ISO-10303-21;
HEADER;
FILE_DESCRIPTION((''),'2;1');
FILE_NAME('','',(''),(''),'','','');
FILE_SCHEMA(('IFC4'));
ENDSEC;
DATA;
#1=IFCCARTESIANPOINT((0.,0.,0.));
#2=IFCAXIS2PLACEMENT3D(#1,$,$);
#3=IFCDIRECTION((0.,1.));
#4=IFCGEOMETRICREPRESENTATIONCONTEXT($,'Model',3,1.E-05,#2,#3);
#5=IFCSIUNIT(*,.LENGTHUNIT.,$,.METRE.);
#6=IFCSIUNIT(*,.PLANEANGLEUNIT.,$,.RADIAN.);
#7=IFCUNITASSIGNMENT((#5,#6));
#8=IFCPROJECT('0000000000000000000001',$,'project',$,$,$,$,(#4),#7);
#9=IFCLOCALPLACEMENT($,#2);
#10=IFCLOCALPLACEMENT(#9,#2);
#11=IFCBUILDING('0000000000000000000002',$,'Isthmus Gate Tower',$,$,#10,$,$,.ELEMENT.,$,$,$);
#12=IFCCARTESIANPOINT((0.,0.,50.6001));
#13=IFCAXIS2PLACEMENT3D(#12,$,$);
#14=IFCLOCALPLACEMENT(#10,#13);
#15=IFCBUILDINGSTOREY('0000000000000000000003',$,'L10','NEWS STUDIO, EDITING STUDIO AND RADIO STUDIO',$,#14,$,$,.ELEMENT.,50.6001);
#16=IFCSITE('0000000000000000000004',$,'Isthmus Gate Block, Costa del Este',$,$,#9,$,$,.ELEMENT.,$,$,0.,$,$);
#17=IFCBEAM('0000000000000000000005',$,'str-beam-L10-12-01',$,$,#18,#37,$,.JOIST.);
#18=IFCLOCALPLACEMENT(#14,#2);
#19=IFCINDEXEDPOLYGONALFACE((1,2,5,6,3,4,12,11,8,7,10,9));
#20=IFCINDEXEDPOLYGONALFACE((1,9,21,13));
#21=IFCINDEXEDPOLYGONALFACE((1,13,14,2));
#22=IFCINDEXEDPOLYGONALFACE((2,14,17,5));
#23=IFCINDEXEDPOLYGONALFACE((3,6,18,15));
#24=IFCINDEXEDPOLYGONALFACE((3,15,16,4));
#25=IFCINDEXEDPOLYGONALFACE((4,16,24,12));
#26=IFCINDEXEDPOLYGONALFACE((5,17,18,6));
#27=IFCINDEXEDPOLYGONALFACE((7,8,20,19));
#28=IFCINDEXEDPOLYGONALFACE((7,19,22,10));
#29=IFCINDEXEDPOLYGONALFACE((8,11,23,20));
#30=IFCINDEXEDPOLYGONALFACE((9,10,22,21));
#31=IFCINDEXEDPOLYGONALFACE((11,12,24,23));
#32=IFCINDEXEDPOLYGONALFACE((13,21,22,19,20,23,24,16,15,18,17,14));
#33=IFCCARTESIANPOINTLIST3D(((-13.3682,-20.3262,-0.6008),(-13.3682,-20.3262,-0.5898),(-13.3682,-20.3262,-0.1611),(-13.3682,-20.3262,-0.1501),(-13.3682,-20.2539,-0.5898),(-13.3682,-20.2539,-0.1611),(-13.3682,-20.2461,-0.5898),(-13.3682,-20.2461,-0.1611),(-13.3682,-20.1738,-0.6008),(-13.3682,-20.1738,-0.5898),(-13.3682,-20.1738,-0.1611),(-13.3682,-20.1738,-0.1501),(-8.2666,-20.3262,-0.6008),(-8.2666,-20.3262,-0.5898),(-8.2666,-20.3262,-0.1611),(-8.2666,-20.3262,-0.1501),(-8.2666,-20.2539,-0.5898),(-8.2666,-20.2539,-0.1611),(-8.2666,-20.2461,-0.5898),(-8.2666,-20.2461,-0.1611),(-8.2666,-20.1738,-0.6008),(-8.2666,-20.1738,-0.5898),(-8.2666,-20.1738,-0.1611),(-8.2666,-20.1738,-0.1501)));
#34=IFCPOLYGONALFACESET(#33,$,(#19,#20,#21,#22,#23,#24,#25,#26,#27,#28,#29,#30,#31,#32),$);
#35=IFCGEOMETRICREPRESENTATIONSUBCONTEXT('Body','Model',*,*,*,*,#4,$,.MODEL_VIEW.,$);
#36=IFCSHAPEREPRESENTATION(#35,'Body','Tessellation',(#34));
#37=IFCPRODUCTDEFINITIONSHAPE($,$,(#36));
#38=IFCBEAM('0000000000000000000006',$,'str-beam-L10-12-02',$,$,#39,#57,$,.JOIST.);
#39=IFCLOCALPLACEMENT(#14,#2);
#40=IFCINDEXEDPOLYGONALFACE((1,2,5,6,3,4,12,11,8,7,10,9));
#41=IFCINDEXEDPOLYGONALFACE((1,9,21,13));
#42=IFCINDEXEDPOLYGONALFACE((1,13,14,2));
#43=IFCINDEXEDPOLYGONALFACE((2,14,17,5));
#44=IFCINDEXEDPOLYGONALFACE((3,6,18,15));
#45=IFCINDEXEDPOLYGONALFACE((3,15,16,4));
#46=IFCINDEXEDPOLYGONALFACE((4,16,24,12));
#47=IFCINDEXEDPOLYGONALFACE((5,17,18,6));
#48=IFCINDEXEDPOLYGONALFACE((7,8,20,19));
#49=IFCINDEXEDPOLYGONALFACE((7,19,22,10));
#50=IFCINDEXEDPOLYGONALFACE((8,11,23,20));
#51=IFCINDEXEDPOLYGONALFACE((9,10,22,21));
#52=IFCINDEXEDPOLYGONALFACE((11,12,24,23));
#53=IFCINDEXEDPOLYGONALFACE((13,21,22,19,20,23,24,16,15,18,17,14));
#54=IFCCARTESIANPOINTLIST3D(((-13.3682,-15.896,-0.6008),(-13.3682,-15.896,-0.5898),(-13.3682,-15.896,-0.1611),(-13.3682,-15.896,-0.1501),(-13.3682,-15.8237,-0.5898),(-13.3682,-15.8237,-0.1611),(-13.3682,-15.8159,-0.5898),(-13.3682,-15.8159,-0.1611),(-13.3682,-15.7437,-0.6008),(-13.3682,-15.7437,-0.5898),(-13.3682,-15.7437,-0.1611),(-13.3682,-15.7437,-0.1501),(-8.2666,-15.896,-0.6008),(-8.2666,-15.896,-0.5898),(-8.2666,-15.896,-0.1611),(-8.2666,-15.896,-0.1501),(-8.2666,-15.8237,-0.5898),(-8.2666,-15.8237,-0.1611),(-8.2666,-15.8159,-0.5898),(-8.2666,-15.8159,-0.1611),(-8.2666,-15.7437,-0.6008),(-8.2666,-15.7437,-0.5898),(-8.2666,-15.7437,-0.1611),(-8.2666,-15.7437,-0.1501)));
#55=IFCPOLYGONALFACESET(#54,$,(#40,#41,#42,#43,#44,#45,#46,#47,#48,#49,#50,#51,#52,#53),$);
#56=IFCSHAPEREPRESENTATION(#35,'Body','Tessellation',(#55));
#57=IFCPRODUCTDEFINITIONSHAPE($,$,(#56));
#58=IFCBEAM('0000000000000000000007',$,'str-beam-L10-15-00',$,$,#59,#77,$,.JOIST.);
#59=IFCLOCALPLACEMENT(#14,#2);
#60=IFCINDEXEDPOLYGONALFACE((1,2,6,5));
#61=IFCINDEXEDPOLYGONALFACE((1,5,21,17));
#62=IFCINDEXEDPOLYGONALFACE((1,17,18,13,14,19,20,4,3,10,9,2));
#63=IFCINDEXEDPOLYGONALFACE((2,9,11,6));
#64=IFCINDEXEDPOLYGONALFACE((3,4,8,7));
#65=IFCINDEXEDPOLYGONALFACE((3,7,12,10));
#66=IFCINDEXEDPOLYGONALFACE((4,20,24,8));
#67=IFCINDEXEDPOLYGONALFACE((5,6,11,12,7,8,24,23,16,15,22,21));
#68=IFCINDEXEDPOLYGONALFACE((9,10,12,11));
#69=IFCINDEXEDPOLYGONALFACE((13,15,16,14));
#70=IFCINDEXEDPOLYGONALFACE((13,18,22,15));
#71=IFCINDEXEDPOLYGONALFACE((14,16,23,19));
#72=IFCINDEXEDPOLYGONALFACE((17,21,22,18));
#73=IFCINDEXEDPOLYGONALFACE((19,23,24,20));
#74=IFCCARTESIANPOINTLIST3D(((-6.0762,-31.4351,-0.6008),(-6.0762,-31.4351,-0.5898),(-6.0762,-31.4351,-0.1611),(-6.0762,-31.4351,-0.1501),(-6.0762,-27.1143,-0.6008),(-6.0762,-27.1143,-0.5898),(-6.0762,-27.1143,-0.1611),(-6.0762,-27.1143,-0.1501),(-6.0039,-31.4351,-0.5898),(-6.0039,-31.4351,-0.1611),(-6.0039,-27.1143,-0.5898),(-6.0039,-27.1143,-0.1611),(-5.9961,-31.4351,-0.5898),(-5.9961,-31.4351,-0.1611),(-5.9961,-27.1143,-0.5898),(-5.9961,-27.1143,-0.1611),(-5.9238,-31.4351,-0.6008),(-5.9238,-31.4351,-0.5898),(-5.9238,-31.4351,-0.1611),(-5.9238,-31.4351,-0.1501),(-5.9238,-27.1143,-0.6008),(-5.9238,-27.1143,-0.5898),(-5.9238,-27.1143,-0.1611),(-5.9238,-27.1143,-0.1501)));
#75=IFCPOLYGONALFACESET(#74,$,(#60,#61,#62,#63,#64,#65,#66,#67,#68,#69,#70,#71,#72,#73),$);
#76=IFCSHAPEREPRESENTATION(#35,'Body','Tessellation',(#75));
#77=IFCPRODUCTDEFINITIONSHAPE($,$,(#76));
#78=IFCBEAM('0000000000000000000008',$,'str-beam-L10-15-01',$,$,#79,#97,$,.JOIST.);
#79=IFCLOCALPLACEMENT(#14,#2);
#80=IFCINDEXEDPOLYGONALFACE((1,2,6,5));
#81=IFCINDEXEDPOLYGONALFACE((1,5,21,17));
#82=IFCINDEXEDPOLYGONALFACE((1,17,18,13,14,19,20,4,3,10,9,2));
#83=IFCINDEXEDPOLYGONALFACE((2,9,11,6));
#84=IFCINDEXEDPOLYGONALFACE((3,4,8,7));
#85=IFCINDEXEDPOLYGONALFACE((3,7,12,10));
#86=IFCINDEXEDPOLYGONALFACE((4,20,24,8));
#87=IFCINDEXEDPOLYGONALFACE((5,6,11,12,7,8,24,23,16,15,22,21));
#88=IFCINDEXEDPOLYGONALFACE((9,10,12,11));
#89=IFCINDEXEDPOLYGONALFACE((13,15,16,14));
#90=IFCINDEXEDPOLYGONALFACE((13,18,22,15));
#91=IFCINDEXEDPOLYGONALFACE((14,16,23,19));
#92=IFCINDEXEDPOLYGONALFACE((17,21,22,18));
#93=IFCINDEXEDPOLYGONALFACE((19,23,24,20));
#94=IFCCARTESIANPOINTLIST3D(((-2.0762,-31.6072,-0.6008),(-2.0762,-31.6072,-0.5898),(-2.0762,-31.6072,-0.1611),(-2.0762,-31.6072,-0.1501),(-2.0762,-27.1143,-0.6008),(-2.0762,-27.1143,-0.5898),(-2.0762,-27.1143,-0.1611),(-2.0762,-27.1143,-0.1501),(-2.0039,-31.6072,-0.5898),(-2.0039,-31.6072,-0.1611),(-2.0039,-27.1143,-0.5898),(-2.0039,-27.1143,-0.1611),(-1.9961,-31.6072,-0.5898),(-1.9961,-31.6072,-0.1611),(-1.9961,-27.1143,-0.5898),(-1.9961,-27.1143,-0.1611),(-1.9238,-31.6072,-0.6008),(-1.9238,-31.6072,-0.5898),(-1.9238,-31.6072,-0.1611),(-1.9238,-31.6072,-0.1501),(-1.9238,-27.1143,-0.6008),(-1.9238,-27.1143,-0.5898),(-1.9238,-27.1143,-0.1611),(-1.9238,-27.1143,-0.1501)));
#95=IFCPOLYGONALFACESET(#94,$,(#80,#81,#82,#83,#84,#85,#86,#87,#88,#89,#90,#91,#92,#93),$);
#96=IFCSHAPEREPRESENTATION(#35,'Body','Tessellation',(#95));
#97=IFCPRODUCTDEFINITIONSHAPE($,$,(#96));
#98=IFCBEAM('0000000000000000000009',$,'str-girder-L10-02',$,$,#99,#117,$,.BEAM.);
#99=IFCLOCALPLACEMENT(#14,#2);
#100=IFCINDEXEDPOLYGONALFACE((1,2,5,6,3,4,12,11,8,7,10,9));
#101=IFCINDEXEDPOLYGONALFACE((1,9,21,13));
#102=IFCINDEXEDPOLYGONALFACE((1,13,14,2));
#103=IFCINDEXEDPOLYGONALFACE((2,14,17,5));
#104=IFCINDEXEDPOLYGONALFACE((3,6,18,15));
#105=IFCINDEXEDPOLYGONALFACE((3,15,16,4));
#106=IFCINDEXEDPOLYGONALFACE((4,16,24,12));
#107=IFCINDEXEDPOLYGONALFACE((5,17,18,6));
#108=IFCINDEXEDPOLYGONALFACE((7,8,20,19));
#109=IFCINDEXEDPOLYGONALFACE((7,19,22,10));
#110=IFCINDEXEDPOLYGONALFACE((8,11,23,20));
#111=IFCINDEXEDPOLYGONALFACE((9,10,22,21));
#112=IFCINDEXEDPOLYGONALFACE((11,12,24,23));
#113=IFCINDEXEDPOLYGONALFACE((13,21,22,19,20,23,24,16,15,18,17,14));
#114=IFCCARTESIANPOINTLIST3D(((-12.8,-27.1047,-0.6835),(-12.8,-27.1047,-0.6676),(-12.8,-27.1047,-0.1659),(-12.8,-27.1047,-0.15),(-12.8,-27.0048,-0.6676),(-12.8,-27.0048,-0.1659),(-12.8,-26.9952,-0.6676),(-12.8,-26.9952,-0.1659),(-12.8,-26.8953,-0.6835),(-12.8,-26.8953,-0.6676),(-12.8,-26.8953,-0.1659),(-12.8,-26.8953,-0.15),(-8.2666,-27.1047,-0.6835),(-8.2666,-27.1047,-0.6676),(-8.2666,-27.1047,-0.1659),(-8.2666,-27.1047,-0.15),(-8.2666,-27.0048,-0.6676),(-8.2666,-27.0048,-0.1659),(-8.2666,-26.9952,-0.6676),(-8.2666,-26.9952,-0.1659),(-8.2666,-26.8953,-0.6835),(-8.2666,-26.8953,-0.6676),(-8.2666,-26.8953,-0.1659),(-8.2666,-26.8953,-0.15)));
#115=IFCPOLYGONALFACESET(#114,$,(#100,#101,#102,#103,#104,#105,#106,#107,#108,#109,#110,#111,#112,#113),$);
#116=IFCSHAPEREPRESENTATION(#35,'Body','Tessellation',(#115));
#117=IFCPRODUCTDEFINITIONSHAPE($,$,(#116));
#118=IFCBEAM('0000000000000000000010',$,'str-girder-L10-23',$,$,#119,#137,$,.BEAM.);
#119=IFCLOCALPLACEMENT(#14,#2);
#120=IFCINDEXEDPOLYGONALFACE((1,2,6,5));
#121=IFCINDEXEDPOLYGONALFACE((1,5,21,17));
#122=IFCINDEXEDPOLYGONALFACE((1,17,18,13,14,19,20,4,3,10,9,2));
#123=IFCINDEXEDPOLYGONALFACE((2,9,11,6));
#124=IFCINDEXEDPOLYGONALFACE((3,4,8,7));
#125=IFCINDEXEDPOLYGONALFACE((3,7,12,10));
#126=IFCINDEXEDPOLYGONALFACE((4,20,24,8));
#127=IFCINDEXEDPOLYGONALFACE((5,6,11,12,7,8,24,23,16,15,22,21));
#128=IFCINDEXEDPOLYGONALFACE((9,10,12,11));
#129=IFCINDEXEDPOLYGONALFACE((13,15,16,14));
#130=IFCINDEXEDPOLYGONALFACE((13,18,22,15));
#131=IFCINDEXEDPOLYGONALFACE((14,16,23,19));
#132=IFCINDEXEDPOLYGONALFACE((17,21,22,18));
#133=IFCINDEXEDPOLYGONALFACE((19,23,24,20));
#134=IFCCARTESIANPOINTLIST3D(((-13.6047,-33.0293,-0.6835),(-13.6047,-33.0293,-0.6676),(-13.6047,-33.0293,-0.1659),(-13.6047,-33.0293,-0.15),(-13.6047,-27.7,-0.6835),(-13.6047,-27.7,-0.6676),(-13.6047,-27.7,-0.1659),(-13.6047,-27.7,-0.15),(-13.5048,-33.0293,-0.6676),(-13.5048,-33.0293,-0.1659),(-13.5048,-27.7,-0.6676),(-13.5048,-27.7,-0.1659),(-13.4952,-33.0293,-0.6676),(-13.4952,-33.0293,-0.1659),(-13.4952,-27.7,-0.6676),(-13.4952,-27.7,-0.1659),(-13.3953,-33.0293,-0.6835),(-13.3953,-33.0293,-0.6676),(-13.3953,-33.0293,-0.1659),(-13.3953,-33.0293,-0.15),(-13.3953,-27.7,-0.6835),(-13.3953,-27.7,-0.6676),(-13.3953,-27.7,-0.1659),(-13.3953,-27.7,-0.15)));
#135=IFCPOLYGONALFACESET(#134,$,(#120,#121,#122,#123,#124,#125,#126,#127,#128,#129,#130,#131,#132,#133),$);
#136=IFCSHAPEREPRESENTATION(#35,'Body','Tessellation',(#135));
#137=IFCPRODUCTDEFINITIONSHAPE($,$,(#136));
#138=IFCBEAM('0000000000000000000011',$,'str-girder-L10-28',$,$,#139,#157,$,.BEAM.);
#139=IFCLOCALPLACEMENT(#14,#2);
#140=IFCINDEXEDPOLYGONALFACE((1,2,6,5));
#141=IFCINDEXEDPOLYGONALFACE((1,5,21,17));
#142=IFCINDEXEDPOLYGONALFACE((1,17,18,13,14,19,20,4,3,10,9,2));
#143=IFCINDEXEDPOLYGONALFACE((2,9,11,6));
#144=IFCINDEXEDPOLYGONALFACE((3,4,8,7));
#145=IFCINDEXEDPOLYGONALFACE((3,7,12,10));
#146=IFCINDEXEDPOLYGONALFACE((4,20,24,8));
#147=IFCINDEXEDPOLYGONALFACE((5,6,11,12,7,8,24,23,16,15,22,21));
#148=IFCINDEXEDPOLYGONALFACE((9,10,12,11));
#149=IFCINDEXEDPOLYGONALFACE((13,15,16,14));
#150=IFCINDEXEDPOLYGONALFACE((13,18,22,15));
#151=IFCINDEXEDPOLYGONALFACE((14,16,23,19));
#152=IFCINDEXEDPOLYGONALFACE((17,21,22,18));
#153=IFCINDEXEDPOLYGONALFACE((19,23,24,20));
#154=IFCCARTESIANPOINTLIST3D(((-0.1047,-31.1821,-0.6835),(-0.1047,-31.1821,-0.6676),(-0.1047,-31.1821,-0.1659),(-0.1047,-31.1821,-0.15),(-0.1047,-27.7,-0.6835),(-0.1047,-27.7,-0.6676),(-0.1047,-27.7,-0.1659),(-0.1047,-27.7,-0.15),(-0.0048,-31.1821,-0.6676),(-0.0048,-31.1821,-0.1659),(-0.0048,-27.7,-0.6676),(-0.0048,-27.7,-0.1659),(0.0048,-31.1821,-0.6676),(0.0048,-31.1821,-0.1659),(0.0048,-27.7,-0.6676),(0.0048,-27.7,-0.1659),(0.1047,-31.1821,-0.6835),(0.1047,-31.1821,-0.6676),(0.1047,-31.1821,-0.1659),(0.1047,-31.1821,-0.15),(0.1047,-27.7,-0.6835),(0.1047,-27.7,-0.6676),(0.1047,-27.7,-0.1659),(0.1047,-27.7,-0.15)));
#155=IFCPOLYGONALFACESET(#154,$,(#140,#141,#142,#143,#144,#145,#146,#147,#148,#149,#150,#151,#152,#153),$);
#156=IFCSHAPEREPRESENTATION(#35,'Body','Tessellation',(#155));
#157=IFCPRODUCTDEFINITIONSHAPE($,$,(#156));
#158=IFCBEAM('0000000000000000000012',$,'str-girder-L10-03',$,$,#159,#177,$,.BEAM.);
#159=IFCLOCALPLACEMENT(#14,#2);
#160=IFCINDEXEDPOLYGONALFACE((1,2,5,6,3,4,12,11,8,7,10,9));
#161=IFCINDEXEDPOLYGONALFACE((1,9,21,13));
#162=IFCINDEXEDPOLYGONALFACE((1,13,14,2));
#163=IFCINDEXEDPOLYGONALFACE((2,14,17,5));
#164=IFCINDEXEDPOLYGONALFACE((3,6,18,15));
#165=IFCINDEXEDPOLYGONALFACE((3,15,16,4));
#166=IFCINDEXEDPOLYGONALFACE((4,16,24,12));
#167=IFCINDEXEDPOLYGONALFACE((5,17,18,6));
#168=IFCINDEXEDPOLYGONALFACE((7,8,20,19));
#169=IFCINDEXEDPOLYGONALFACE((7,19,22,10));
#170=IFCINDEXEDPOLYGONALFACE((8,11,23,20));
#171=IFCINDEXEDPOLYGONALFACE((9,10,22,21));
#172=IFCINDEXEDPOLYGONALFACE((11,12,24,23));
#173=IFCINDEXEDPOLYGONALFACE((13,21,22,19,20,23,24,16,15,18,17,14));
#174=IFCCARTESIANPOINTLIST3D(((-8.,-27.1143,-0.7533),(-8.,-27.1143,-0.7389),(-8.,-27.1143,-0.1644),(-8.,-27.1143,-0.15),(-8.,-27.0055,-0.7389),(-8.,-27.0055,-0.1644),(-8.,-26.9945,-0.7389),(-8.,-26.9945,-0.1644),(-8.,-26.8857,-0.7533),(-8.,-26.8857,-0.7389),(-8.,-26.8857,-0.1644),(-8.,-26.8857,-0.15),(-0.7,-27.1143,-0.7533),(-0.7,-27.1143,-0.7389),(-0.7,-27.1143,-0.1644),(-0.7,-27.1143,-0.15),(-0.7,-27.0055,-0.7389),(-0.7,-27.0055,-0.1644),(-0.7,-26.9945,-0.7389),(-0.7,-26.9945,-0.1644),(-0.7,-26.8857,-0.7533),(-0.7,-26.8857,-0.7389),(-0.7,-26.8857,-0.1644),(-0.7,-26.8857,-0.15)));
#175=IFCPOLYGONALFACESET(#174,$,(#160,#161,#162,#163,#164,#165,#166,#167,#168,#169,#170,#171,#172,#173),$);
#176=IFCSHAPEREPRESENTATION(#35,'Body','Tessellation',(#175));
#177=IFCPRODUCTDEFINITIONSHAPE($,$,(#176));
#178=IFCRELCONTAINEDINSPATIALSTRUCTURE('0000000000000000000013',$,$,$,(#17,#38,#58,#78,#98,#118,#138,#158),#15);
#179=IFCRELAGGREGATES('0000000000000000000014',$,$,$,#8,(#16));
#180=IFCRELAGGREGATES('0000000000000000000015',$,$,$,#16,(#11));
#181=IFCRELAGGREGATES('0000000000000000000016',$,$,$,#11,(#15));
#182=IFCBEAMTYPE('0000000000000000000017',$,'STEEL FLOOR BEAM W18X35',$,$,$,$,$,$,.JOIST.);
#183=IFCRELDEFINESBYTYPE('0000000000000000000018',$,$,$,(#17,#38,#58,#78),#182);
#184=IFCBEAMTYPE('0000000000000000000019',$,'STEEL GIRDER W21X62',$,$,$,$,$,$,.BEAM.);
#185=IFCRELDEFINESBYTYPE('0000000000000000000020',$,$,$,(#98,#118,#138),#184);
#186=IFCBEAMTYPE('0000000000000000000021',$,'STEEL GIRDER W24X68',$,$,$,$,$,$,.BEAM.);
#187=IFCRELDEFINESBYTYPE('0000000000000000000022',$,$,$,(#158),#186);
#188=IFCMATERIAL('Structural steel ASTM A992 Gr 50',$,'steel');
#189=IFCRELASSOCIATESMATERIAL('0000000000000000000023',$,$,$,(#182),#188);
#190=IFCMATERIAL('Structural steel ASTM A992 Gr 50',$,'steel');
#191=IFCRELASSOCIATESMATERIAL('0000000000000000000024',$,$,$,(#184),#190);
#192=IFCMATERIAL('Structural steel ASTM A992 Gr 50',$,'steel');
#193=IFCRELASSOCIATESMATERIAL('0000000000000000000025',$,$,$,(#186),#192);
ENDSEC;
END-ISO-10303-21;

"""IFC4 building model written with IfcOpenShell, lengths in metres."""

from ifc_helpers import new_model, si_unit, direction, frame, origin, origin_2d, place, context, subcontext, project, spatial, i_section, extrude, material, material_profile, profile_set, type_object, element, save


model = new_model("IFC4")

# Units and contexts
model_context = context("Model", 3, precision=1e-05, world=origin(), true_north=direction((0.0, 1.0)))
body_context = subcontext(model_context, "Body", "Model", "MODEL_VIEW")
ifc_project = project(units=[si_unit("LENGTHUNIT", "METRE"), si_unit("PLANEANGLEUNIT", "RADIAN")], contexts=[model_context])

# Site, building, storey
site_placement = place(None, origin())
site = spatial("IfcSite", under=ifc_project, at=site_placement, Name="Isthmus Gate Block, Costa del Este", CompositionType="ELEMENT", RefElevation=0.0)
building_placement = place(site_placement, origin())
building = spatial("IfcBuilding", under=site, at=building_placement, Name="Isthmus Gate Tower", CompositionType="ELEMENT")
storey_placement = place(building_placement, frame((0.0, 0.0, 50.6001)))
storey = spatial("IfcBuildingStorey", under=building, at=storey_placement, Name="L10", Description="NEWS STUDIO, EDITING STUDIO AND RADIO STUDIO", CompositionType="ELEMENT", Elevation=50.6001)

# Beams
ifc_material_1 = material(Name="Structural steel ASTM A992 Gr 50", Category="steel")
ifc_material_profile_1 = material_profile(ifc_material_1, i_section(OverallWidth=0.1523, OverallDepth=0.4507, WebThickness=0.0078, FlangeThickness=0.011, at=origin_2d()), Name="W18X35")
ifc_profile_set_1 = profile_set([ifc_material_profile_1], Name="Structural steel ASTM A992 Gr 50")
beam_type_1 = type_object("IfcBeamType", Name="STEEL FLOOR BEAM W18X35", PredefinedType="JOIST", material=ifc_profile_set_1)
for number, where, z_axis, x_axis, name in (
    (1, (-13.3682, -20.25, -0.3755), (1.0, 0.0, 0.0), (0.0, 1.0, 0.0), "str-beam-L10-12-01"),
    (2, (-13.3682, -15.8198, -0.3755), (1.0, 0.0, 0.0), (0.0, 1.0, 0.0), "str-beam-L10-12-02"),
):
    element("IfcBeam", number, at=place(storey_placement, frame(where, z_axis=z_axis, x_axis=x_axis)), inside=storey, type_object=beam_type_1, Name=name, PredefinedType="JOIST", context=body_context, shape_type="SweptSolid", body=[
        extrude(i_section(OverallWidth=0.1523, OverallDepth=0.4507, WebThickness=0.0078, FlangeThickness=0.011, at=origin_2d()), origin(), (0.0, 0.0, 1.0), 5.1016),
    ])
beam_1_placement = place(storey_placement, frame((-6.0, -31.4351, -0.3755), z_axis=(0.0, 1.0, 0.0), x_axis=(-1.0, 0.0, 0.0)))
element("IfcBeam", 3, at=beam_1_placement, inside=storey, type_object=beam_type_1, Name="str-beam-L10-15-00", PredefinedType="JOIST", context=body_context, shape_type="SweptSolid", body=[
    extrude(i_section(OverallWidth=0.1523, OverallDepth=0.4507, WebThickness=0.0078, FlangeThickness=0.011, at=origin_2d()), origin(), (0.0, 0.0, 1.0), 4.3208),
])
beam_2_placement = place(storey_placement, frame((-2.0, -31.6072, -0.3755), z_axis=(0.0, 1.0, 0.0), x_axis=(-1.0, 0.0, 0.0)))
element("IfcBeam", 4, at=beam_2_placement, inside=storey, type_object=beam_type_1, Name="str-beam-L10-15-01", PredefinedType="JOIST", context=body_context, shape_type="SweptSolid", body=[
    extrude(i_section(OverallWidth=0.1523, OverallDepth=0.4507, WebThickness=0.0078, FlangeThickness=0.011, at=origin_2d()), origin(), (0.0, 0.0, 1.0), 4.4929),
])
ifc_material_2 = material(Name="Structural steel ASTM A992 Gr 50", Category="steel")
ifc_material_profile_2 = material_profile(ifc_material_2, i_section(OverallWidth=0.2095, OverallDepth=0.5334, WebThickness=0.0095, FlangeThickness=0.0159, at=origin_2d()), Name="W21X62")
ifc_profile_set_2 = profile_set([ifc_material_profile_2], Name="Structural steel ASTM A992 Gr 50")
beam_type_2 = type_object("IfcBeamType", Name="STEEL GIRDER W21X62", PredefinedType="BEAM", material=ifc_profile_set_2)
beam_3_placement = place(storey_placement, frame((-12.8, -27.0, -0.4167), z_axis=(1.0, 0.0, 0.0), x_axis=(0.0, 1.0, 0.0)))
element("IfcBeam", 5, at=beam_3_placement, inside=storey, type_object=beam_type_2, Name="str-girder-L10-02", PredefinedType="BEAM", context=body_context, shape_type="SweptSolid", body=[
    extrude(i_section(OverallWidth=0.2095, OverallDepth=0.5334, WebThickness=0.0095, FlangeThickness=0.0159, at=origin_2d()), origin(), (0.0, 0.0, 1.0), 4.5334),
])
beam_4_placement = place(storey_placement, frame((-13.5, -33.0293, -0.4167), z_axis=(0.0, 1.0, 0.0), x_axis=(-1.0, 0.0, 0.0)))
element("IfcBeam", 6, at=beam_4_placement, inside=storey, type_object=beam_type_2, Name="str-girder-L10-23", PredefinedType="BEAM", context=body_context, shape_type="SweptSolid", body=[
    extrude(i_section(OverallWidth=0.2095, OverallDepth=0.5334, WebThickness=0.0095, FlangeThickness=0.0159, at=origin_2d()), origin(), (0.0, 0.0, 1.0), 5.3293),
])
beam_5_placement = place(storey_placement, frame((0.0, -31.1821, -0.4167), z_axis=(0.0, 1.0, 0.0), x_axis=(-1.0, 0.0, 0.0)))
element("IfcBeam", 7, at=beam_5_placement, inside=storey, type_object=beam_type_2, Name="str-girder-L10-28", PredefinedType="BEAM", context=body_context, shape_type="SweptSolid", body=[
    extrude(i_section(OverallWidth=0.2095, OverallDepth=0.5334, WebThickness=0.0095, FlangeThickness=0.0159, at=origin_2d()), origin(), (0.0, 0.0, 1.0), 3.4822),
])
ifc_material_3 = material(Name="Structural steel ASTM A992 Gr 50", Category="steel")
ifc_material_profile_3 = material_profile(ifc_material_3, i_section(OverallWidth=0.2285, OverallDepth=0.6033, WebThickness=0.011, FlangeThickness=0.0144, at=origin_2d()), Name="W24X68")
ifc_profile_set_3 = profile_set([ifc_material_profile_3], Name="Structural steel ASTM A992 Gr 50")
beam_type_3 = type_object("IfcBeamType", Name="STEEL GIRDER W24X68", PredefinedType="BEAM", material=ifc_profile_set_3)
beam_6_placement = place(storey_placement, frame((-8.0, -27.0, -0.4517), z_axis=(1.0, 0.0, 0.0), x_axis=(0.0, 1.0, 0.0)))
element("IfcBeam", 8, at=beam_6_placement, inside=storey, type_object=beam_type_3, Name="str-girder-L10-03", PredefinedType="BEAM", context=body_context, shape_type="SweptSolid", body=[
    extrude(i_section(OverallWidth=0.2285, OverallDepth=0.6033, WebThickness=0.011, FlangeThickness=0.0144, at=origin_2d()), origin(), (0.0, 0.0, 1.0), 7.3),
])

save(model, "model.ifc")
